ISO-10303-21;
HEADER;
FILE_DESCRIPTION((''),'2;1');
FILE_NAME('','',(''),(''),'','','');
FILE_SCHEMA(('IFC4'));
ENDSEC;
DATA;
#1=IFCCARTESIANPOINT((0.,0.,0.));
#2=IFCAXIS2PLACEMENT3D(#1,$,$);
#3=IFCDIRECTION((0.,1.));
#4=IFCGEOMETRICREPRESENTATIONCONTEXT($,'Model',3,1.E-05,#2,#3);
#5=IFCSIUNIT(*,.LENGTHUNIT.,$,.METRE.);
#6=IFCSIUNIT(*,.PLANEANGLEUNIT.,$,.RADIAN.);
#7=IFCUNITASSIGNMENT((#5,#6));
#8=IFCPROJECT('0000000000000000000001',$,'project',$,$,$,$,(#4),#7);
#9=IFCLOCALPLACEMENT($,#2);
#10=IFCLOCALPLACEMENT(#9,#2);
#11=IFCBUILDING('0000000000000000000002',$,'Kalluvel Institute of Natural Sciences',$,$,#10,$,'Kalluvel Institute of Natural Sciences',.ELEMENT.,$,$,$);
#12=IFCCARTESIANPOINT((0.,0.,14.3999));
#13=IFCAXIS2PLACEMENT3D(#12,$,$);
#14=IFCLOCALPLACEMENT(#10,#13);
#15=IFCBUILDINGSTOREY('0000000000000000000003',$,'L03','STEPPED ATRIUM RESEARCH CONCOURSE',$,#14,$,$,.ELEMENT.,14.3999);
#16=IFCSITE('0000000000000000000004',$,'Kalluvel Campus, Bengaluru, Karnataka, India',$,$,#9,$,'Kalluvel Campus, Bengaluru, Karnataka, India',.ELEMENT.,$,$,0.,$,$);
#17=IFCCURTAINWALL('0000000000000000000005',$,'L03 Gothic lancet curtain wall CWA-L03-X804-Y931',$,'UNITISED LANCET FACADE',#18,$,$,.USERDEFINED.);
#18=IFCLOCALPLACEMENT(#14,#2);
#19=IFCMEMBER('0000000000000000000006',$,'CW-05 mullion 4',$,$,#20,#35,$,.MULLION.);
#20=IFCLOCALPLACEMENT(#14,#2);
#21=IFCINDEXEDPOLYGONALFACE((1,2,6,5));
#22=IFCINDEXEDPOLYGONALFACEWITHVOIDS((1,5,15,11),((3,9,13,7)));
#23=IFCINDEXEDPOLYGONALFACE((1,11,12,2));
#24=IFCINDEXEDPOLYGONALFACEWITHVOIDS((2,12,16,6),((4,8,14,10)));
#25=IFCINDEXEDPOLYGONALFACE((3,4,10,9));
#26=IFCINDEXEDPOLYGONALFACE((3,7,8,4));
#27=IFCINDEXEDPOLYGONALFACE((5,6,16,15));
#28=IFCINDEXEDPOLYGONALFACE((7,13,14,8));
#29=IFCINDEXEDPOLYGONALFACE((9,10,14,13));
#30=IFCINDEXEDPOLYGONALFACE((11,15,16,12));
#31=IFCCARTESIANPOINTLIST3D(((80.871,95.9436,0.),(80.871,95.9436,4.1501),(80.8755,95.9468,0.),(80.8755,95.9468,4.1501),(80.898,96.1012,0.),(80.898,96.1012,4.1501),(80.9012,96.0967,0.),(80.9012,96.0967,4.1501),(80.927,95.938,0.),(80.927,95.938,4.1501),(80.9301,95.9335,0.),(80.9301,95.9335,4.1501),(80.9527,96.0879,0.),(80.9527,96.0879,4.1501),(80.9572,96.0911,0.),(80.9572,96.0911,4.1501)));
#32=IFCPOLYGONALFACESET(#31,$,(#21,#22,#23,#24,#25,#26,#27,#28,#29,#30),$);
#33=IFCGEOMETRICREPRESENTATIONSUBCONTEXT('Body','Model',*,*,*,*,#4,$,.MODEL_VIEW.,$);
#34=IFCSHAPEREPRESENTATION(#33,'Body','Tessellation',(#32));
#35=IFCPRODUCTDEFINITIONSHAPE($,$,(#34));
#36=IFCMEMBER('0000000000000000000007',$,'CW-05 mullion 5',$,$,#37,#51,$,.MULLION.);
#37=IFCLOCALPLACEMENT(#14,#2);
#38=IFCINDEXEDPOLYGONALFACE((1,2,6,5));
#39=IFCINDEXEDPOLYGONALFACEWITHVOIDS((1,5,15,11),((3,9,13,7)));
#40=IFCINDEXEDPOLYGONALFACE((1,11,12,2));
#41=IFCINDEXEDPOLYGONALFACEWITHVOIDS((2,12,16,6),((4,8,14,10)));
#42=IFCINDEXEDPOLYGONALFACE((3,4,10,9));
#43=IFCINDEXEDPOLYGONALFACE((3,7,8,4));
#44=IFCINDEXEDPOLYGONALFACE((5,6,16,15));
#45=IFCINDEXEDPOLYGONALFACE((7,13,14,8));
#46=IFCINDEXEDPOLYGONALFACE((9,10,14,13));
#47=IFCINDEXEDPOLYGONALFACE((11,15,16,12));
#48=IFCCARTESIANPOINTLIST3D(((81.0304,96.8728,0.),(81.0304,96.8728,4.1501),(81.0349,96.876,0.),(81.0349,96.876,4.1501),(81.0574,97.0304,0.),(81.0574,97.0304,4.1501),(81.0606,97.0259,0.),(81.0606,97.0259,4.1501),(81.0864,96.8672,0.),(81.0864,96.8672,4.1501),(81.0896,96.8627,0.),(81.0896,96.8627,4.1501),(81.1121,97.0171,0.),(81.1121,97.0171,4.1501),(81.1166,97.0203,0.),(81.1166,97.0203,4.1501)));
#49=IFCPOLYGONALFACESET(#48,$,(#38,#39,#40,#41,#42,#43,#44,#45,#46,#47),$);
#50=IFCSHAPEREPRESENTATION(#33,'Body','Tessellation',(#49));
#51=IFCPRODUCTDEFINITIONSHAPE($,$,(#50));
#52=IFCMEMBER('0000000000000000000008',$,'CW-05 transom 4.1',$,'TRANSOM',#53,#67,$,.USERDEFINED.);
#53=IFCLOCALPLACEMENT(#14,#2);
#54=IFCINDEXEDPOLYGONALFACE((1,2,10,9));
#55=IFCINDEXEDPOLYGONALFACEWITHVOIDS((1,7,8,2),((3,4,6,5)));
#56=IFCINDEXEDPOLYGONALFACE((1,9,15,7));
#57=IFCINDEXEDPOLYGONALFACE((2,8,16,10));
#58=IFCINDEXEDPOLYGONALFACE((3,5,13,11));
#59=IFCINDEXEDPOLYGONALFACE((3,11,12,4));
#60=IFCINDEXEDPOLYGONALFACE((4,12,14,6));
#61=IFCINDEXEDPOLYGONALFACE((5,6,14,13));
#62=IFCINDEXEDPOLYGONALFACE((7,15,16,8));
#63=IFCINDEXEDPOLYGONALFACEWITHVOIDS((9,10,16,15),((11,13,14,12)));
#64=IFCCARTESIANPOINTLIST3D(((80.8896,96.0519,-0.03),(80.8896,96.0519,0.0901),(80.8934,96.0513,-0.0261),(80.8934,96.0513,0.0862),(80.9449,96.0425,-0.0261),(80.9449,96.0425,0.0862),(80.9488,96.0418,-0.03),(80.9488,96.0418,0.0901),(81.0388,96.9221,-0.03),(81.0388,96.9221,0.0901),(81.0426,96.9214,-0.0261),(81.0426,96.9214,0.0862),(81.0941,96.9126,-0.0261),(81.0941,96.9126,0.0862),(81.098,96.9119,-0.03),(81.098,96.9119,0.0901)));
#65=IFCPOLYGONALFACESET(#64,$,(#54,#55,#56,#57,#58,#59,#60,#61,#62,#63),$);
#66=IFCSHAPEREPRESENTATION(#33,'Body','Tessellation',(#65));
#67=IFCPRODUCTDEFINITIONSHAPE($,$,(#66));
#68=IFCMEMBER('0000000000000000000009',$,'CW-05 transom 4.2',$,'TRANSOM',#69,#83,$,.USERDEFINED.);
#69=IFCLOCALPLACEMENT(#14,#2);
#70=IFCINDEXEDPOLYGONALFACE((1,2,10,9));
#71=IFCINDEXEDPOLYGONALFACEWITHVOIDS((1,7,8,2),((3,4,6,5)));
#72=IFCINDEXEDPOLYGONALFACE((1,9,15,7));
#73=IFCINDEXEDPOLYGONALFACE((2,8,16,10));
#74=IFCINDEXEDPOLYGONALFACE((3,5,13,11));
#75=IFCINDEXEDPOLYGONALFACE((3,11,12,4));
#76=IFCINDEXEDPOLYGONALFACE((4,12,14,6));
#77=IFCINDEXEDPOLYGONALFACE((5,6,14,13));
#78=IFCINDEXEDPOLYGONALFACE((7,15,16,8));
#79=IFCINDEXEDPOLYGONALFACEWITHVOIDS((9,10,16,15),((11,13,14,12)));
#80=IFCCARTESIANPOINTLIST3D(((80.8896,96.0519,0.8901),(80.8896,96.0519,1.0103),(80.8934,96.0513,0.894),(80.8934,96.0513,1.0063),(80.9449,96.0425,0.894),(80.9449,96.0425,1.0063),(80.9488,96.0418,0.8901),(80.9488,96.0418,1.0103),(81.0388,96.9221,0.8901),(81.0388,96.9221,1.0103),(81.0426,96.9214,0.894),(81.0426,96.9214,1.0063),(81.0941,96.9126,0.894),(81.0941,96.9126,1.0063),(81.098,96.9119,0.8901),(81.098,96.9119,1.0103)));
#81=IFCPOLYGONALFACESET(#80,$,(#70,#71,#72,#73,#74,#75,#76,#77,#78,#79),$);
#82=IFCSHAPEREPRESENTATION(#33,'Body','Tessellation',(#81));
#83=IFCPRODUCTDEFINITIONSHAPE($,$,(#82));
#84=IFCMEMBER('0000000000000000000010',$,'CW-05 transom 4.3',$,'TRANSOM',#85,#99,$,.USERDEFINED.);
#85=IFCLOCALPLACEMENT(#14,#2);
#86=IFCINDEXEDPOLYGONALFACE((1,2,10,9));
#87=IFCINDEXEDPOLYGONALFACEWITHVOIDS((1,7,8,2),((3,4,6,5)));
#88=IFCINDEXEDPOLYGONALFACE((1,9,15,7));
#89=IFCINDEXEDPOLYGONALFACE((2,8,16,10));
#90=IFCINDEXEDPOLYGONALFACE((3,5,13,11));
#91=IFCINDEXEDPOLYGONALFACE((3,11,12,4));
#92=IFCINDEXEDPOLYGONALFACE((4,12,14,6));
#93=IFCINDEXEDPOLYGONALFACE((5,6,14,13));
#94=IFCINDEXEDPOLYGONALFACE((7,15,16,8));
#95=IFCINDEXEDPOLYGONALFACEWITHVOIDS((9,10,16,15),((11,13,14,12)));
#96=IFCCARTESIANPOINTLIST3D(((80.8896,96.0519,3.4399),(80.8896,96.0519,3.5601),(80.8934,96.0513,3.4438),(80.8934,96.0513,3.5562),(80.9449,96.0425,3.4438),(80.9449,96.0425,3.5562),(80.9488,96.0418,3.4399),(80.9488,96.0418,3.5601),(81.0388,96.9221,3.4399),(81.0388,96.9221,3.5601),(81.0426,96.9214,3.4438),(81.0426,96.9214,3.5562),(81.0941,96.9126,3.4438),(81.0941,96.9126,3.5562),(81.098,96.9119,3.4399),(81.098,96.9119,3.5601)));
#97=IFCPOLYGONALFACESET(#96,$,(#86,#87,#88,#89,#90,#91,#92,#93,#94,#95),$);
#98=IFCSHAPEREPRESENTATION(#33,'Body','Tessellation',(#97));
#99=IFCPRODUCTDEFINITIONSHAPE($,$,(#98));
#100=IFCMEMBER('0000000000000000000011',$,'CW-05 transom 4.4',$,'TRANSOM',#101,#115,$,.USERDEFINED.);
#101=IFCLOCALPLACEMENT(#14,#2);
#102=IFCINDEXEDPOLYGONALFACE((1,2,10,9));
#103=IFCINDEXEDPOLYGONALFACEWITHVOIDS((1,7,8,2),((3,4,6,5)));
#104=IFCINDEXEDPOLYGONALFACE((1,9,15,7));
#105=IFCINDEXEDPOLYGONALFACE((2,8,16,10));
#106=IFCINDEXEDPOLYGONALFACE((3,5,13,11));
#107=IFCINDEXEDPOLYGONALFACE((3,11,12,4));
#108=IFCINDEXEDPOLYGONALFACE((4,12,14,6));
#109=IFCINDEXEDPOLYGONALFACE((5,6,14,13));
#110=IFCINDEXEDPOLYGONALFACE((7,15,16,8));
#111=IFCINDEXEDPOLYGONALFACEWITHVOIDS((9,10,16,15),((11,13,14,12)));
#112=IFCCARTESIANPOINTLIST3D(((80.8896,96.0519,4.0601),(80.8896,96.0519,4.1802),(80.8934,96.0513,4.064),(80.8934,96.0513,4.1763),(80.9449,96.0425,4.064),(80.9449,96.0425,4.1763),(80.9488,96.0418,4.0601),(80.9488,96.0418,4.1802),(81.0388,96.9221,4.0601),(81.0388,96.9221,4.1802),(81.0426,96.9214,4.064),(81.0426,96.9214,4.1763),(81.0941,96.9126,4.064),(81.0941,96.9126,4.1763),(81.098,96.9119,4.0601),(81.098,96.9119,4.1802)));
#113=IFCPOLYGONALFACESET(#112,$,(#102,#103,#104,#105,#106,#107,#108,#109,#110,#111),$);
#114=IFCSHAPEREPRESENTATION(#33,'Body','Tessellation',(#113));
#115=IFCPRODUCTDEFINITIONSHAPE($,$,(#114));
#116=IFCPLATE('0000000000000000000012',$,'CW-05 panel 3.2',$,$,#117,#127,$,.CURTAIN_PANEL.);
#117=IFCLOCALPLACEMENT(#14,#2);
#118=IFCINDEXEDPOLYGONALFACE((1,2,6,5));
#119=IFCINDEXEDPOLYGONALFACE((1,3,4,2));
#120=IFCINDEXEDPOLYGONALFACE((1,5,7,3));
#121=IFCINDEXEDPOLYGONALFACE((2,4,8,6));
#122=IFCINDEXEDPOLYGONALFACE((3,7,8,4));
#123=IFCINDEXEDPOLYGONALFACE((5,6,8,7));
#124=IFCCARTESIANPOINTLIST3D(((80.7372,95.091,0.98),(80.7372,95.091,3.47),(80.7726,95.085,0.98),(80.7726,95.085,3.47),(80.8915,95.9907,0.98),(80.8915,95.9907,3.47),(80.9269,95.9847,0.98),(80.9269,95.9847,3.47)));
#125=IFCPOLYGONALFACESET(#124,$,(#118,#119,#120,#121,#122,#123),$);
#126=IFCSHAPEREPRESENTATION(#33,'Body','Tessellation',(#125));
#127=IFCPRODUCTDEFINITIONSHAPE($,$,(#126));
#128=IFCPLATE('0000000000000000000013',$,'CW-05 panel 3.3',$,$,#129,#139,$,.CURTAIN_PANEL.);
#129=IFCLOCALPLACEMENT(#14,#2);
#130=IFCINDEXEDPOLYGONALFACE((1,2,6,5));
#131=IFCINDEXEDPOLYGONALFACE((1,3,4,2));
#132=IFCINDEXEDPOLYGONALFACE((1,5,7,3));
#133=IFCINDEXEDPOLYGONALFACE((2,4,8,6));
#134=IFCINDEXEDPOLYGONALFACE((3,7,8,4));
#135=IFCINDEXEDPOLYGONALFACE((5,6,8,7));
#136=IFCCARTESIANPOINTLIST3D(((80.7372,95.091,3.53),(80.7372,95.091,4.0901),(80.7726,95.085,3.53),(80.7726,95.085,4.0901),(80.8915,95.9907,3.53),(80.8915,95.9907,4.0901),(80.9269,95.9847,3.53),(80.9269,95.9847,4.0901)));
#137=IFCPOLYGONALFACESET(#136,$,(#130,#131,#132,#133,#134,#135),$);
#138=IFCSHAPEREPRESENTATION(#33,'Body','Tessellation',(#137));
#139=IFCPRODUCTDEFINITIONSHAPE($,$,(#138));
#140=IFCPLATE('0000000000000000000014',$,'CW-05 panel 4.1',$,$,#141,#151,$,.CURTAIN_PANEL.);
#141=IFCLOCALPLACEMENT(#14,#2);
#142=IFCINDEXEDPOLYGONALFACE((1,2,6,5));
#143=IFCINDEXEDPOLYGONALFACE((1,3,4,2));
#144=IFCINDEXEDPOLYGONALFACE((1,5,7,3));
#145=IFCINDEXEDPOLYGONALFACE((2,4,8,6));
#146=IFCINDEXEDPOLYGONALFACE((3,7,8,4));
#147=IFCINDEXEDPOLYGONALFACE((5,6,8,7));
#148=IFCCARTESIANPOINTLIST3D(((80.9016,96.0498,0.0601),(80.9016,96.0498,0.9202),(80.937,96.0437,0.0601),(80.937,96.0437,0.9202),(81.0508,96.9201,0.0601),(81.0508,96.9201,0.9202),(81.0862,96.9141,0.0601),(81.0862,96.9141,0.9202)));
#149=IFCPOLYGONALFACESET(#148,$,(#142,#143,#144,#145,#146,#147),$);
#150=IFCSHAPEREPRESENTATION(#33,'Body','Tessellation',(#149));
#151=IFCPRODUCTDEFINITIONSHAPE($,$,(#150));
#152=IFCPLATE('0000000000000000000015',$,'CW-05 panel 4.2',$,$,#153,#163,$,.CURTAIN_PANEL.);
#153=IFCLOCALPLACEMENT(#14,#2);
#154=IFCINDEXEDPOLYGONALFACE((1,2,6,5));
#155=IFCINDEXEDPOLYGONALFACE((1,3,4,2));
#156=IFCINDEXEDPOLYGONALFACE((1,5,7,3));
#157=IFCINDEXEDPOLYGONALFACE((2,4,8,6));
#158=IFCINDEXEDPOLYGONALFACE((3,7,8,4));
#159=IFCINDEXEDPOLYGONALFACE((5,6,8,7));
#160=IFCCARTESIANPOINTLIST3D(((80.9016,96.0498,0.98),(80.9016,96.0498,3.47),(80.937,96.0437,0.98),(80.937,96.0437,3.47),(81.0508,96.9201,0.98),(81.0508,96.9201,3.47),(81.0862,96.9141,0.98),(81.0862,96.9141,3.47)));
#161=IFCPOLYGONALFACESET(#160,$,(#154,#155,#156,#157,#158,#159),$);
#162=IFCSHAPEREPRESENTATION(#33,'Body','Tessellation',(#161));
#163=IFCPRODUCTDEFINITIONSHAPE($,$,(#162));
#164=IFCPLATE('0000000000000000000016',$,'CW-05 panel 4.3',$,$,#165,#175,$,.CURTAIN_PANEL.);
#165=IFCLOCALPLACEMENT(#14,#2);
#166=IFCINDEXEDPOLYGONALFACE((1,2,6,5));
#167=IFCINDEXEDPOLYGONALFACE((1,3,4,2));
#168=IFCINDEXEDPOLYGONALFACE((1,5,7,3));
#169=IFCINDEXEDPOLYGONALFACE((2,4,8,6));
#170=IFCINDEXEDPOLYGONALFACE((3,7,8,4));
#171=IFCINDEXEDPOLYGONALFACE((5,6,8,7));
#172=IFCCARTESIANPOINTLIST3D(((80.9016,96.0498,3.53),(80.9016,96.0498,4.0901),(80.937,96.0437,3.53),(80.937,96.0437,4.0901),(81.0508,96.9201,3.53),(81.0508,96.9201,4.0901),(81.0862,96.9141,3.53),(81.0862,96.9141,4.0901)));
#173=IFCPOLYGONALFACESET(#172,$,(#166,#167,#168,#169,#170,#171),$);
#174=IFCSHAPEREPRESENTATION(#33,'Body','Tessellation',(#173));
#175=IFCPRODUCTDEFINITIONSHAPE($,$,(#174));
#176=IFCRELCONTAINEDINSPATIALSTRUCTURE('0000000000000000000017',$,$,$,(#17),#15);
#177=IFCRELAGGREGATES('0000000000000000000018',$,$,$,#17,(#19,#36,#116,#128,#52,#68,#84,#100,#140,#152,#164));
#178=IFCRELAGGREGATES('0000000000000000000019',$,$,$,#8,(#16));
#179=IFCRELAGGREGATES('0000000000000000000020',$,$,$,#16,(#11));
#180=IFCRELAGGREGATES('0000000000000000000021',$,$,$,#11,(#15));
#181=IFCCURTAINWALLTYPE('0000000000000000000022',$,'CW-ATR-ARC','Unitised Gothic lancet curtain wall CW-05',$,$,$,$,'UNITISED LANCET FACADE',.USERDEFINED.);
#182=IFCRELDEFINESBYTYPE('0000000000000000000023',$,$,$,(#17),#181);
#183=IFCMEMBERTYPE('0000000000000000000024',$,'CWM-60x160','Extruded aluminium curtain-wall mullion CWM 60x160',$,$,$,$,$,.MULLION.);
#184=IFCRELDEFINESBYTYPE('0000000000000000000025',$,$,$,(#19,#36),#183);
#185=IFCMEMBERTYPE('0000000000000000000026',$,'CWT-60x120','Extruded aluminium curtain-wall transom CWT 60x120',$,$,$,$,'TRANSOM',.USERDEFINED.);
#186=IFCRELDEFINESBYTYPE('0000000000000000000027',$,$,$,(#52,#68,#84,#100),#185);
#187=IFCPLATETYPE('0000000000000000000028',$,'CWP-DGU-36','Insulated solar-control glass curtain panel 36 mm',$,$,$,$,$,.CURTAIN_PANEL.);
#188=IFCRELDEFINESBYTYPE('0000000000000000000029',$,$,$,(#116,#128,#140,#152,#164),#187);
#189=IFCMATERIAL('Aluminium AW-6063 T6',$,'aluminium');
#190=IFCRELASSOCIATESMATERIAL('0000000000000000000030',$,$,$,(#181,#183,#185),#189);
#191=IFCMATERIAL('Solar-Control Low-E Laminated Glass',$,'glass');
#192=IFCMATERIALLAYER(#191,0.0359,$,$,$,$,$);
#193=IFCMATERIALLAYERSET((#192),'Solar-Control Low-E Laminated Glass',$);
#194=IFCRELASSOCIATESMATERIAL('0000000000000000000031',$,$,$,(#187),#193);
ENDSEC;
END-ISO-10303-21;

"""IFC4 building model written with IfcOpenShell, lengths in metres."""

from ifc_helpers import new_model, si_unit, direction, frame, origin, origin_2d, place, context, subcontext, project, spatial, rectangle, hollow_rectangle, extrude, material, layer, layer_set, material_profile, profile_set, type_object, element, aggregate, save


model = new_model("IFC4")

# Units and contexts
model_context = context("Model", 3, precision=1e-05, world=origin(), true_north=direction((0.0, 1.0)))
body_context = subcontext(model_context, "Body", "Model", "MODEL_VIEW")
ifc_project = project(units=[si_unit("LENGTHUNIT", "METRE"), si_unit("PLANEANGLEUNIT", "RADIAN")], contexts=[model_context])

# Site, building, storey
site_placement = place(None, origin())
site = spatial("IfcSite", under=ifc_project, at=site_placement, Name="Kalluvel Campus, Bengaluru, Karnataka, India", LongName="Kalluvel Campus, Bengaluru, Karnataka, India", CompositionType="ELEMENT", RefElevation=0.0)
building_placement = place(site_placement, origin())
building = spatial("IfcBuilding", under=site, at=building_placement, Name="Kalluvel Institute of Natural Sciences", LongName="Kalluvel Institute of Natural Sciences", CompositionType="ELEMENT")
storey_placement = place(building_placement, frame((0.0, 0.0, 14.3999)))
storey = spatial("IfcBuildingStorey", under=building, at=storey_placement, Name="L03", Description="STEPPED ATRIUM RESEARCH CONCOURSE", CompositionType="ELEMENT", Elevation=14.3999)

# Curtain wall, members, plates
ifc_material_1 = material(Name="Aluminium AW-6063 T6", Category="aluminium")
curtain_wall_type = type_object("IfcCurtainWallType", Name="CW-ATR-ARC", Description="Unitised Gothic lancet curtain wall CW-05", ElementType="UNITISED LANCET FACADE", PredefinedType="USERDEFINED", material=ifc_material_1)
curtain_wall_placement = place(storey_placement, origin())
curtain_wall = element("IfcCurtainWall", 1, at=curtain_wall_placement, inside=storey, type_object=curtain_wall_type, Name="L03 Gothic lancet curtain wall CWA-L03-X804-Y931", ObjectType="UNITISED LANCET FACADE", PredefinedType="USERDEFINED")
ifc_material_profile_1 = material_profile(ifc_material_1, hollow_rectangle(XDim=0.0601, YDim=0.1599, WallThickness=0.0039, at=origin_2d()), Name="CWM 60x160")
ifc_profile_set_1 = profile_set([ifc_material_profile_1], Name="Aluminium AW-6063 T6")
member_type_1 = type_object("IfcMemberType", Name="CWM-60x160", Description="Extruded aluminium curtain-wall mullion CWM 60x160", PredefinedType="MULLION", material=ifc_profile_set_1)
member_1_placement = place(storey_placement, frame((80.9141, 96.0173, 0.0), z_axis=(0.0, 0.0, 1.0), x_axis=(-0.985617, 0.168997, 0.0)))
member_1 = element("IfcMember", 2, at=member_1_placement, type_object=member_type_1, Name="CW-05 mullion 4", PredefinedType="MULLION", context=body_context, shape_type="SweptSolid", body=[
    extrude(hollow_rectangle(XDim=0.0601, YDim=0.1599, WallThickness=0.0039, at=origin_2d()), origin(), (0.0, 0.0, 1.0), 4.1501),
])
member_2_placement = place(storey_placement, frame((81.0735, 96.9465, 0.0), z_axis=(0.0, 0.0, 1.0), x_axis=(-0.985617, 0.168997, 0.0)))
member_2 = element("IfcMember", 3, at=member_2_placement, type_object=member_type_1, Name="CW-05 mullion 5", PredefinedType="MULLION", context=body_context, shape_type="SweptSolid", body=[
    extrude(hollow_rectangle(XDim=0.0601, YDim=0.1599, WallThickness=0.0039, at=origin_2d()), origin(), (0.0, 0.0, 1.0), 4.1501),
])
ifc_material_profile_2 = material_profile(ifc_material_1, hollow_rectangle(XDim=0.0601, YDim=0.1201, WallThickness=0.0039, at=origin_2d()), Name="CWT 60x120")
ifc_profile_set_2 = profile_set([ifc_material_profile_2], Name="Aluminium AW-6063 T6")
member_type_2 = type_object("IfcMemberType", Name="CWT-60x120", Description="Extruded aluminium curtain-wall transom CWT 60x120", ElementType="TRANSOM", PredefinedType="USERDEFINED", material=ifc_profile_set_2)
member_3_placement = place(storey_placement, frame((80.9192, 96.0469, 0.03), z_axis=(0.168971, 0.985621, 0.0), x_axis=(-0.985621, 0.168971, 0.0)))
member_3 = element("IfcMember", 4, at=member_3_placement, type_object=member_type_2, Name="CW-05 transom 4.1", ObjectType="TRANSOM", PredefinedType="USERDEFINED", context=body_context, shape_type="SweptSolid", body=[
    extrude(hollow_rectangle(XDim=0.0601, YDim=0.1201, WallThickness=0.0039, at=origin_2d()), origin(), (0.0, 0.0, 1.0), 0.8828),
])
member_4_placement = place(storey_placement, frame((80.9192, 96.0469, 0.9502), z_axis=(0.168971, 0.985621, 0.0), x_axis=(-0.985621, 0.168971, 0.0)))
member_4 = element("IfcMember", 5, at=member_4_placement, type_object=member_type_2, Name="CW-05 transom 4.2", ObjectType="TRANSOM", PredefinedType="USERDEFINED", context=body_context, shape_type="SweptSolid", body=[
    extrude(hollow_rectangle(XDim=0.0601, YDim=0.1201, WallThickness=0.0039, at=origin_2d()), origin(), (0.0, 0.0, 1.0), 0.8828),
])
member_5_placement = place(storey_placement, frame((80.9192, 96.0469, 3.5), z_axis=(0.168971, 0.985621, 0.0), x_axis=(-0.985621, 0.168971, 0.0)))
member_5 = element("IfcMember", 6, at=member_5_placement, type_object=member_type_2, Name="CW-05 transom 4.3", ObjectType="TRANSOM", PredefinedType="USERDEFINED", context=body_context, shape_type="SweptSolid", body=[
    extrude(hollow_rectangle(XDim=0.0601, YDim=0.1201, WallThickness=0.0039, at=origin_2d()), origin(), (0.0, 0.0, 1.0), 0.8828),
])
member_6_placement = place(storey_placement, frame((80.9192, 96.0469, 4.1201), z_axis=(0.168971, 0.985621, 0.0), x_axis=(-0.985621, 0.168971, 0.0)))
member_6 = element("IfcMember", 7, at=member_6_placement, type_object=member_type_2, Name="CW-05 transom 4.4", ObjectType="TRANSOM", PredefinedType="USERDEFINED", context=body_context, shape_type="SweptSolid", body=[
    extrude(hollow_rectangle(XDim=0.0601, YDim=0.1201, WallThickness=0.0039, at=origin_2d()), origin(), (0.0, 0.0, 1.0), 0.8828),
])
ifc_material_2 = material(Name="Solar-Control Low-E Laminated Glass", Category="glass")
ifc_layer_1 = layer(ifc_material_2, 0.0359)
ifc_layer_set_1 = layer_set([ifc_layer_1], Name="Solar-Control Low-E Laminated Glass")
plate_type = type_object("IfcPlateType", Name="CWP-DGU-36", Description="Insulated solar-control glass curtain panel 36 mm", PredefinedType="CURTAIN_PANEL", material=ifc_layer_set_1)
plate_1_placement = place(storey_placement, frame((80.832, 95.5378, 0.98), z_axis=(0.0, 0.0, 1.0), x_axis=(0.168997, 0.985617, 0.0)))
plate_1 = element("IfcPlate", 8, at=plate_1_placement, type_object=plate_type, Name="CW-05 panel 3.2", PredefinedType="CURTAIN_PANEL", context=body_context, shape_type="SweptSolid", body=[
    extrude(rectangle(XDim=0.9128, YDim=0.0359, at=origin_2d()), origin(), (0.0, 0.0, 1.0), 2.49),
])
plate_2_placement = place(storey_placement, frame((80.832, 95.5378, 3.53), z_axis=(0.0, 0.0, 1.0), x_axis=(0.168997, 0.985617, 0.0)))
plate_2 = element("IfcPlate", 9, at=plate_2_placement, type_object=plate_type, Name="CW-05 panel 3.3", PredefinedType="CURTAIN_PANEL", context=body_context, shape_type="SweptSolid", body=[
    extrude(rectangle(XDim=0.9128, YDim=0.0359, at=origin_2d()), origin(), (0.0, 0.0, 1.0), 0.5601),
])
plate_3_placement = place(storey_placement, frame((80.9939, 96.4819, 0.0601), z_axis=(0.0, 0.0, 1.0), x_axis=(0.168997, 0.985617, 0.0)))
plate_3 = element("IfcPlate", 10, at=plate_3_placement, type_object=plate_type, Name="CW-05 panel 4.1", PredefinedType="CURTAIN_PANEL", context=body_context, shape_type="SweptSolid", body=[
    extrude(rectangle(XDim=0.8831, YDim=0.0359, at=origin_2d()), origin(), (0.0, 0.0, 1.0), 0.8601),
])
plate_4_placement = place(storey_placement, frame((80.9939, 96.4819, 0.98), z_axis=(0.0, 0.0, 1.0), x_axis=(0.168997, 0.985617, 0.0)))
plate_4 = element("IfcPlate", 11, at=plate_4_placement, type_object=plate_type, Name="CW-05 panel 4.2", PredefinedType="CURTAIN_PANEL", context=body_context, shape_type="SweptSolid", body=[
    extrude(rectangle(XDim=0.8831, YDim=0.0359, at=origin_2d()), origin(), (0.0, 0.0, 1.0), 2.49),
])
plate_5_placement = place(storey_placement, frame((80.9939, 96.4819, 3.53), z_axis=(0.0, 0.0, 1.0), x_axis=(0.168997, 0.985617, 0.0)))
plate_5 = element("IfcPlate", 12, at=plate_5_placement, type_object=plate_type, Name="CW-05 panel 4.3", PredefinedType="CURTAIN_PANEL", context=body_context, shape_type="SweptSolid", body=[
    extrude(rectangle(XDim=0.8831, YDim=0.0359, at=origin_2d()), origin(), (0.0, 0.0, 1.0), 0.5601),
])
aggregate(curtain_wall, [member_1, member_2, plate_1, plate_2, member_3, member_4, member_5, member_6, plate_3, plate_4, plate_5])

save(model, "model.ifc")
